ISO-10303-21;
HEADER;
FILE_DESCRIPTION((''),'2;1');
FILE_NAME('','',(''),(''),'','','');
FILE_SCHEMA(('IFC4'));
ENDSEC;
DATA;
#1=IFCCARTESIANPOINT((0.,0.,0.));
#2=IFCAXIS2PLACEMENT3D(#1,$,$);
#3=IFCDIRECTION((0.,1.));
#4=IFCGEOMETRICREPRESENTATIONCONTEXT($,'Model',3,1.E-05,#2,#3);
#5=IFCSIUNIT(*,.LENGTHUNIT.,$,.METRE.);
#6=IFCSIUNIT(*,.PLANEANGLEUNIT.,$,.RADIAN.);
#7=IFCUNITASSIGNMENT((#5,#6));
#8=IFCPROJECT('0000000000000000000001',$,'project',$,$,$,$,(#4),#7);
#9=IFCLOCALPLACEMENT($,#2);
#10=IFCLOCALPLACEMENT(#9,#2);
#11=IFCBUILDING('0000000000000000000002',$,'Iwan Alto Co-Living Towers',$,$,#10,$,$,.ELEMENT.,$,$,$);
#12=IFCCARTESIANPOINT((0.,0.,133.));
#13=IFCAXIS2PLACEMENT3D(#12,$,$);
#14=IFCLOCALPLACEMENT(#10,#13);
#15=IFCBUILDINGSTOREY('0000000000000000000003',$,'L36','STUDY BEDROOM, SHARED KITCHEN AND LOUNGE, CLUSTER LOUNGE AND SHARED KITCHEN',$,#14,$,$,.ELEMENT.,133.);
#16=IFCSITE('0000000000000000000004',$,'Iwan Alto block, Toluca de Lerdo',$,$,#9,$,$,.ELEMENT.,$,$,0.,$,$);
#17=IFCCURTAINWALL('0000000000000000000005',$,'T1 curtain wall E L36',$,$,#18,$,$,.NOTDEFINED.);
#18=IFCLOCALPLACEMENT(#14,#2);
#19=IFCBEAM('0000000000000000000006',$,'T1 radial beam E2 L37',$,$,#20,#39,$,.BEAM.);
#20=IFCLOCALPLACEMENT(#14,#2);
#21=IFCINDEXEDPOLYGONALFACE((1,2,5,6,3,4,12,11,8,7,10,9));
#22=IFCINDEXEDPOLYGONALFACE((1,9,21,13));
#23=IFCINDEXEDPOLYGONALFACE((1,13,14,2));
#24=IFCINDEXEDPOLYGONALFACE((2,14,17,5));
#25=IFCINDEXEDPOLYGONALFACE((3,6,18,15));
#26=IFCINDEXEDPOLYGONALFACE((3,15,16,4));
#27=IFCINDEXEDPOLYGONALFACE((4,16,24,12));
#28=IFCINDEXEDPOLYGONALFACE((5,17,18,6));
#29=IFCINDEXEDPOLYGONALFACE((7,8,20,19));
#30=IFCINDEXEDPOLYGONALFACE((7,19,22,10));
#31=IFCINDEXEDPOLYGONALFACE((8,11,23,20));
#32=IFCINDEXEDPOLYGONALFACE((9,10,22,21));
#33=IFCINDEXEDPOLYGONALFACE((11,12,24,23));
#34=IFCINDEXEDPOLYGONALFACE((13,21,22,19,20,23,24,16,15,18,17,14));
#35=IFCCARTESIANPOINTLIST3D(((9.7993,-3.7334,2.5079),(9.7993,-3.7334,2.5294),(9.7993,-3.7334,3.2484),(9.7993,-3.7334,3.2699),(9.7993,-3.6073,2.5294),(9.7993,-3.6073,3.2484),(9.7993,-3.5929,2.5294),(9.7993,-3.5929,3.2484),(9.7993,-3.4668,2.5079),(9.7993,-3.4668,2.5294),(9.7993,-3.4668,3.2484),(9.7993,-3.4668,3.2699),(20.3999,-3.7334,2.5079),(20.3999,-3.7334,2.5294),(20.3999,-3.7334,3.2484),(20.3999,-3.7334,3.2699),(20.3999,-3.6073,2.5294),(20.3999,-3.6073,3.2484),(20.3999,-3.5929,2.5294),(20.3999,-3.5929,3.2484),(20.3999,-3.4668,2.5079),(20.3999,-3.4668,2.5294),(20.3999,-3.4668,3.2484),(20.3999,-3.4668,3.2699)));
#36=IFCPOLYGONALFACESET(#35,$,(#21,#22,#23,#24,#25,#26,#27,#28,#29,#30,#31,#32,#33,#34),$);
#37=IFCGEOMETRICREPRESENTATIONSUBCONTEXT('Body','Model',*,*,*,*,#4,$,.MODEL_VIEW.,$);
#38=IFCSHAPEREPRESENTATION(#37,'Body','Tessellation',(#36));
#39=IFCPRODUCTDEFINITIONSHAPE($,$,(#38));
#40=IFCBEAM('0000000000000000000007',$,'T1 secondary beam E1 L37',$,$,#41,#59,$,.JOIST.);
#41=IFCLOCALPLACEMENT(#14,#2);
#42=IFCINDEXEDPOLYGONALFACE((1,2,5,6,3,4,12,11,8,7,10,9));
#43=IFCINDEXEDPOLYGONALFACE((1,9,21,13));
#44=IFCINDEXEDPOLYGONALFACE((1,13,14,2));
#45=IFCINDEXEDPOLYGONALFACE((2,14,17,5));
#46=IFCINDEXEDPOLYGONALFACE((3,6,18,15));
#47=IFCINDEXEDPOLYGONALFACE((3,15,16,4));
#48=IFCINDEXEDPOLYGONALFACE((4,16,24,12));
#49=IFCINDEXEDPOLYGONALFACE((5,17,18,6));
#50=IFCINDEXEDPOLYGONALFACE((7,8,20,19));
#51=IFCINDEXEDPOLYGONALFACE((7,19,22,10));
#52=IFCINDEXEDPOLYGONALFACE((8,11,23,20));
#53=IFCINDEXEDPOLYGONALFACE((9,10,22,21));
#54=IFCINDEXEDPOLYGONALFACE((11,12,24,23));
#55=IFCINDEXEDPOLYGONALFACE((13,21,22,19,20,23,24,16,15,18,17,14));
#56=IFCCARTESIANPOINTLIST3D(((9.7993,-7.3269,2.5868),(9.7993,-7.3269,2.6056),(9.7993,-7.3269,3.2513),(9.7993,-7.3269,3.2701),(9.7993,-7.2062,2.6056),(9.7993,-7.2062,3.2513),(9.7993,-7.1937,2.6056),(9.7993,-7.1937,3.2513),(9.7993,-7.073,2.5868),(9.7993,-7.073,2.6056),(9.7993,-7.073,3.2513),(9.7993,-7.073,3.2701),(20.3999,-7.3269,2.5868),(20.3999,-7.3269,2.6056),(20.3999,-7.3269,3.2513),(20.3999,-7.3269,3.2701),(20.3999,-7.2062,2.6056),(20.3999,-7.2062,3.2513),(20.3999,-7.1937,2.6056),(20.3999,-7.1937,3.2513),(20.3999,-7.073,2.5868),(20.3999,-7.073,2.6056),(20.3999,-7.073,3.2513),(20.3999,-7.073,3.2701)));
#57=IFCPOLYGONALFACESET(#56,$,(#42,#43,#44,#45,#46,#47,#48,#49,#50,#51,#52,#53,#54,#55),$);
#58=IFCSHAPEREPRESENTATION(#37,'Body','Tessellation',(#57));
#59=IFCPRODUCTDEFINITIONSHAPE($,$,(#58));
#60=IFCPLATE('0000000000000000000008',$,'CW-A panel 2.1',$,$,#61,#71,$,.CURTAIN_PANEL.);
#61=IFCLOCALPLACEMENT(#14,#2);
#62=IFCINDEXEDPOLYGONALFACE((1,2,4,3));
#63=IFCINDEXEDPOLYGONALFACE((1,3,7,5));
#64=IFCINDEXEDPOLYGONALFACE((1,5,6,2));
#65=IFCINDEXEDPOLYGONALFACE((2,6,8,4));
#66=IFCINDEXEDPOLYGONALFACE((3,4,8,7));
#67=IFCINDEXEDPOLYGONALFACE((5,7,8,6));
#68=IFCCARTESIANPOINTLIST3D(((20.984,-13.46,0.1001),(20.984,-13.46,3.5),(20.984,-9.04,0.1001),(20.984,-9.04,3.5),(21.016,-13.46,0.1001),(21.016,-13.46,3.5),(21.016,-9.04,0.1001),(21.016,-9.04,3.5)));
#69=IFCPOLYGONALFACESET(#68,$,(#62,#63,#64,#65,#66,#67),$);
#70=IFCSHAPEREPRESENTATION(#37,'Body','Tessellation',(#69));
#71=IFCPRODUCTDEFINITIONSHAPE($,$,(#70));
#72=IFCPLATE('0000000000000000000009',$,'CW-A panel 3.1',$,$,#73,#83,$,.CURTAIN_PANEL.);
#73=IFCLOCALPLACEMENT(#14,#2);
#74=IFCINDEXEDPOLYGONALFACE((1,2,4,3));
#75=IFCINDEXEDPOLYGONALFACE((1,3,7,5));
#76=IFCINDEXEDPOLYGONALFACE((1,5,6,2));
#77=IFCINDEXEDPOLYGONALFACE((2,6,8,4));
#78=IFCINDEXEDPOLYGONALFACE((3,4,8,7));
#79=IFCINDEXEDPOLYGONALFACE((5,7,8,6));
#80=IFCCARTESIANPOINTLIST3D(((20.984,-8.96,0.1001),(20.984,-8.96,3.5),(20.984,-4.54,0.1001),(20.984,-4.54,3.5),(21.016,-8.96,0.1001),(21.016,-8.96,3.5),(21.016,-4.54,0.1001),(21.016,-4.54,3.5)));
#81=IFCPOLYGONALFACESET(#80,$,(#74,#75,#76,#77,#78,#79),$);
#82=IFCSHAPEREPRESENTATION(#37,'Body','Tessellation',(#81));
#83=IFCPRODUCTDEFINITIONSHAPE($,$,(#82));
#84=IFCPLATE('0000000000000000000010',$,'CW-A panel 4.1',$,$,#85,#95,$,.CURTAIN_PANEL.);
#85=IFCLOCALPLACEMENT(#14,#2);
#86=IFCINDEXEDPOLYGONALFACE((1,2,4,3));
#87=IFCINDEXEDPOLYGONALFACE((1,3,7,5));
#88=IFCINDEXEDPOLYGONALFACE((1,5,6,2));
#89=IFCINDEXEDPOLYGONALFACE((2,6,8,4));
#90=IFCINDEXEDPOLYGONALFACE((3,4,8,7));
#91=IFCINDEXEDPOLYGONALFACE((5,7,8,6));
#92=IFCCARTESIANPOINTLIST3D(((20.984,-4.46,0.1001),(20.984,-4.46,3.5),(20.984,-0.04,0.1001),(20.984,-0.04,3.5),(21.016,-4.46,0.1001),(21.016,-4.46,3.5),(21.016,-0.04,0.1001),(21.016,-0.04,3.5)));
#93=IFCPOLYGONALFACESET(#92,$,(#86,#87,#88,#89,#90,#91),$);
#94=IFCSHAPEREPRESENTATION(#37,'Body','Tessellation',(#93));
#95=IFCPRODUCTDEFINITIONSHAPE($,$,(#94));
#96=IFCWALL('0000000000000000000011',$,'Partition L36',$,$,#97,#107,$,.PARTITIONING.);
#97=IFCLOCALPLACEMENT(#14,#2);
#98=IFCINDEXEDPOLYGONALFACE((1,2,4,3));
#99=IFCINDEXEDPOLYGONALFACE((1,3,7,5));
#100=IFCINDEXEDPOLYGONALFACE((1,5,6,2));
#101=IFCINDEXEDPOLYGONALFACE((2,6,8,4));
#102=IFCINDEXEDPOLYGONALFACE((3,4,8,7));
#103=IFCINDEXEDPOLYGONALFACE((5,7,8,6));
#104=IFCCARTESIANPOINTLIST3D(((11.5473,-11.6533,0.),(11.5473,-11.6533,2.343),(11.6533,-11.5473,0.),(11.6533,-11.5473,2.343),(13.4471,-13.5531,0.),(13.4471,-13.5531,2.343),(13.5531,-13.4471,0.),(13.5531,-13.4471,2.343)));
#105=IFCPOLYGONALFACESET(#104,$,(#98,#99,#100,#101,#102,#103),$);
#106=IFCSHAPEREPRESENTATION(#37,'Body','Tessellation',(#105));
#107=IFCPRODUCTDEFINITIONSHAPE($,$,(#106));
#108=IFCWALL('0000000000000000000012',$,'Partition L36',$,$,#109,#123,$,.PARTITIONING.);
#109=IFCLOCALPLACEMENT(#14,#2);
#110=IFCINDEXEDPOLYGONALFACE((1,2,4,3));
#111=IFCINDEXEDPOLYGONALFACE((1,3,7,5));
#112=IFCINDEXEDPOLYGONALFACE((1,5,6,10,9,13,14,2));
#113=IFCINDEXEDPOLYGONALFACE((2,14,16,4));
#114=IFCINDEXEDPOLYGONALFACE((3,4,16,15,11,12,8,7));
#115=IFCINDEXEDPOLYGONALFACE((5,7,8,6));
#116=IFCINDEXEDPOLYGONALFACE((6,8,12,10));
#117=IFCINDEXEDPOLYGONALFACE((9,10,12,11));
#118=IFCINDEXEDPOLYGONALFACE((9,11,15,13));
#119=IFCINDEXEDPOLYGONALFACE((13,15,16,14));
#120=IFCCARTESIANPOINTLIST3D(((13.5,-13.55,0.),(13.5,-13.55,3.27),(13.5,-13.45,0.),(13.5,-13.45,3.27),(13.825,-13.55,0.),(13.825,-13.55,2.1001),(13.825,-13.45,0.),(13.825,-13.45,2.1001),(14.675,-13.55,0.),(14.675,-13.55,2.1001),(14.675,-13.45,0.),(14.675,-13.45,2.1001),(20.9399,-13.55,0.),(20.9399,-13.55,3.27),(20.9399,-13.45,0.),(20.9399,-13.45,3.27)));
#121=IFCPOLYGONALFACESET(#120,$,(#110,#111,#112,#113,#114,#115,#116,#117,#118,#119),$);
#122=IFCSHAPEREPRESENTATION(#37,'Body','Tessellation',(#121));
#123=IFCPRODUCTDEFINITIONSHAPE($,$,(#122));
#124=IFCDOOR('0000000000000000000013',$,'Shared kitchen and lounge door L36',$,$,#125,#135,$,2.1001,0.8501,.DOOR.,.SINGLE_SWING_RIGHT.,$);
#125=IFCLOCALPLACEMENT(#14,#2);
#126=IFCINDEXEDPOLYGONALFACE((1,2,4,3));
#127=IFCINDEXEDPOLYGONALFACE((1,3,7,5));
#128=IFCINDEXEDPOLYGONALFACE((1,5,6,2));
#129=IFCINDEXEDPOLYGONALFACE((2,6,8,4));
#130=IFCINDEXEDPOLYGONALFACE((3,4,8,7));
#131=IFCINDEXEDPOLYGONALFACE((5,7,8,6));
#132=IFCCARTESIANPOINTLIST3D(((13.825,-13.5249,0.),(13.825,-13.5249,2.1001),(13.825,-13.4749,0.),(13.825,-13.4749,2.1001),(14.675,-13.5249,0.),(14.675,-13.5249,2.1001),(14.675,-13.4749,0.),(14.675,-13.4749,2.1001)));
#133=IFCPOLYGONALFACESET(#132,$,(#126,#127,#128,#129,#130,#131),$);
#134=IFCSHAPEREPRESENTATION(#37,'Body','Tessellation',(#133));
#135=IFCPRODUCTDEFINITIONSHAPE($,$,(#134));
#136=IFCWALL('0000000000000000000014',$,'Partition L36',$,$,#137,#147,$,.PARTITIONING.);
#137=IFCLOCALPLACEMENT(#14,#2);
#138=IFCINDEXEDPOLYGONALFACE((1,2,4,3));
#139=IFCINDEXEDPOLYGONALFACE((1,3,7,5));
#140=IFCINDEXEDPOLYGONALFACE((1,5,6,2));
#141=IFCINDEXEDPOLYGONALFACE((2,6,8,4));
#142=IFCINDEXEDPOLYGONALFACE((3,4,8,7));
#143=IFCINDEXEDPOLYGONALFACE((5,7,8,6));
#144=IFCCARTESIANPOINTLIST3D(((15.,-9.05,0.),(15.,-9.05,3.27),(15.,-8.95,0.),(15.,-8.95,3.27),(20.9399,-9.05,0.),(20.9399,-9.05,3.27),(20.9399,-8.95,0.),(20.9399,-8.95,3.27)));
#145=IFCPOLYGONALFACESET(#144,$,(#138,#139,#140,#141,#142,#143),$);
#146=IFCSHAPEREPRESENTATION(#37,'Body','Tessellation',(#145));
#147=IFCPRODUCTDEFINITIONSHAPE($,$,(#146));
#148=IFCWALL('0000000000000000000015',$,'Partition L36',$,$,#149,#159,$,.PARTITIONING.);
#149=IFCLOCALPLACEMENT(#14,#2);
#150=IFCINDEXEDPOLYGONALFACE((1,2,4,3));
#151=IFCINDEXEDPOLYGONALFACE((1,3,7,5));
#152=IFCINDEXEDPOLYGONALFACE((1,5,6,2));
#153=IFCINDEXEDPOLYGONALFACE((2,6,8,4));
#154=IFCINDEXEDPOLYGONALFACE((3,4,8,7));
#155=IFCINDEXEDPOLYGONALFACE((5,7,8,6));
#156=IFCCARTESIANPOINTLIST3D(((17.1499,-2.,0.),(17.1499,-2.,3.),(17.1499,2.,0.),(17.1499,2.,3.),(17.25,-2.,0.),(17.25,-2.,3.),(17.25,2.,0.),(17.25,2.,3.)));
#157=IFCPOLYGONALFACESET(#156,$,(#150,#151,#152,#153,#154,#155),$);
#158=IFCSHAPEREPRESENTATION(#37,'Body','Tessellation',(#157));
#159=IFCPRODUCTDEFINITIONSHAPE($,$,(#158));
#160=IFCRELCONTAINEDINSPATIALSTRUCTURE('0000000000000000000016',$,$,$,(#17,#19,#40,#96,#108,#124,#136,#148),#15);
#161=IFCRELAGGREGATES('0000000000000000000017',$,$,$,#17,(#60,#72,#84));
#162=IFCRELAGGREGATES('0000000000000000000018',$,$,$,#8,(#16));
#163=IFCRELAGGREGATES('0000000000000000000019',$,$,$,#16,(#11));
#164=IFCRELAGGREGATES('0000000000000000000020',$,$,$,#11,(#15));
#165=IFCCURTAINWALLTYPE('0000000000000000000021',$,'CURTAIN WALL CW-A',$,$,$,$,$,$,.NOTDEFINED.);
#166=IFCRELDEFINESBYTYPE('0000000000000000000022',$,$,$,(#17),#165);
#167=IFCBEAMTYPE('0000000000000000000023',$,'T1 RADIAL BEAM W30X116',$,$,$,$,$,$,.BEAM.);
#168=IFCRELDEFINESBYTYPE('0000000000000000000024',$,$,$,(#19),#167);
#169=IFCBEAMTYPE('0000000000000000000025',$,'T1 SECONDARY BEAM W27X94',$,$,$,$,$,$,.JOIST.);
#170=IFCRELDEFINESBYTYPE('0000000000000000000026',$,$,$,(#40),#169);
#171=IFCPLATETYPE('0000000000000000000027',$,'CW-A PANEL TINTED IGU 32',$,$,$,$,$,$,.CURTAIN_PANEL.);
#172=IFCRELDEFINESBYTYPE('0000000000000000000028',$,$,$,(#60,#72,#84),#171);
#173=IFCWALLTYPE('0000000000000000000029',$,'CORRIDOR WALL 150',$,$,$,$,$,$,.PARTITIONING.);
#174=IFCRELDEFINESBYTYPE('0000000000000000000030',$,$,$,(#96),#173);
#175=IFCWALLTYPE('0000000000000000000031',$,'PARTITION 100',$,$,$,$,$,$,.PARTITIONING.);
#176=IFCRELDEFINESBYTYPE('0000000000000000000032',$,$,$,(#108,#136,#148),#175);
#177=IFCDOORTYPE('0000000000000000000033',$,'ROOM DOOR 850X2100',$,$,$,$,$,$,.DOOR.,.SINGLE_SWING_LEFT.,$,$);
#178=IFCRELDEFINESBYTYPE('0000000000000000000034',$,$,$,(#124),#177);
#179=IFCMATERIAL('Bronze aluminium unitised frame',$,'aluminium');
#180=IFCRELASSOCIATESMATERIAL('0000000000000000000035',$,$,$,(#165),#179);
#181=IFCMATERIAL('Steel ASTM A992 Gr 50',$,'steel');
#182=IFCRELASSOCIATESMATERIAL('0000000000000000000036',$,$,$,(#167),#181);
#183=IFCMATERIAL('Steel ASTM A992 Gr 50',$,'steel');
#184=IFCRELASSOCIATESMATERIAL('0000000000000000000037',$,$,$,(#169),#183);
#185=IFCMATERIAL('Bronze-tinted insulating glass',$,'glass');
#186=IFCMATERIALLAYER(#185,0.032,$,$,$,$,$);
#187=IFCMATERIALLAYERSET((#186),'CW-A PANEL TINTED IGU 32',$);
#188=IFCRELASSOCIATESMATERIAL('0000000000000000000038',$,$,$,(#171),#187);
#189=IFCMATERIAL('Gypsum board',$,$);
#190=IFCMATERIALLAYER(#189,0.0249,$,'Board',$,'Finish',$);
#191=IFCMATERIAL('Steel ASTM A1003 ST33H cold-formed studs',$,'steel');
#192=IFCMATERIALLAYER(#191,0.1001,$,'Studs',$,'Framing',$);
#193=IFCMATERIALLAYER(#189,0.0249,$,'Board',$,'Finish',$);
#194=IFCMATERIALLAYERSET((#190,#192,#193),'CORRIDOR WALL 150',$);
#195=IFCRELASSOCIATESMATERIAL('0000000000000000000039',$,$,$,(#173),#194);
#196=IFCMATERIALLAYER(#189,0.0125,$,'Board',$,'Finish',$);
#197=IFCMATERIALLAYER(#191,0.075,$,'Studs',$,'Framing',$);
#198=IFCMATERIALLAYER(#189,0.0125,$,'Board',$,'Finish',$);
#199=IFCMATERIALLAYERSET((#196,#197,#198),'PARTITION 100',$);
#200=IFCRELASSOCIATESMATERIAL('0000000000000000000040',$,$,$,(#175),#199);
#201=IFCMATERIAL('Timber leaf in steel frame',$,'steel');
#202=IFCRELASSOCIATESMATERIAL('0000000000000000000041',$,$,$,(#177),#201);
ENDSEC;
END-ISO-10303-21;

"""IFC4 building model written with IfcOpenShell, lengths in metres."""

from ifc_helpers import new_model, si_unit, direction, frame, frame_2d, origin, origin_2d, place, context, subcontext, project, spatial, rectangle, i_section, extrude, material, layer, layer_set, material_profile, profile_set, type_object, element, fill, aggregate, save


model = new_model("IFC4")

# Units and contexts
model_context = context("Model", 3, precision=1e-05, world=origin(), true_north=direction((0.0, 1.0)))
body_context = subcontext(model_context, "Body", "Model", "MODEL_VIEW")
ifc_project = project(units=[si_unit("LENGTHUNIT", "METRE"), si_unit("PLANEANGLEUNIT", "RADIAN")], contexts=[model_context])

# Site, building, storey
site_placement = place(None, origin())
site = spatial("IfcSite", under=ifc_project, at=site_placement, Name="Iwan Alto block, Toluca de Lerdo", CompositionType="ELEMENT", RefElevation=0.0)
building_placement = place(site_placement, origin())
building = spatial("IfcBuilding", under=site, at=building_placement, Name="Iwan Alto Co-Living Towers", CompositionType="ELEMENT")
storey_placement = place(building_placement, frame((0.0, 0.0, 133.0)))
storey = spatial("IfcBuildingStorey", under=building, at=storey_placement, Name="L36", Description="STUDY BEDROOM, SHARED KITCHEN AND LOUNGE, CLUSTER LOUNGE AND SHARED KITCHEN", CompositionType="ELEMENT", Elevation=133.0)

# Curtain wall
ifc_material_1 = material(Name="Bronze aluminium unitised frame", Category="aluminium")
curtain_wall_type = type_object("IfcCurtainWallType", Name="CURTAIN WALL CW-A", PredefinedType="NOTDEFINED", material=ifc_material_1)
curtain_wall_placement = place(storey_placement, origin())
curtain_wall = element("IfcCurtainWall", 1, at=curtain_wall_placement, inside=storey, type_object=curtain_wall_type, Name="T1 curtain wall E L36", PredefinedType="NOTDEFINED")

# Beams
ifc_material_2 = material(Name="Steel ASTM A992 Gr 50", Category="steel")
ifc_material_profile_1 = material_profile(ifc_material_2, i_section(OverallWidth=0.2666, OverallDepth=0.762, WebThickness=0.0144, FlangeThickness=0.0215, at=origin_2d()), Name="W30X116")
ifc_profile_set_1 = profile_set([ifc_material_profile_1], Name="Steel ASTM A992 Gr 50")
beam_type_1 = type_object("IfcBeamType", Name="T1 RADIAL BEAM W30X116", PredefinedType="BEAM", material=ifc_profile_set_1)
beam_1_placement = place(storey_placement, frame((20.3999, -3.6001, 2.8889), z_axis=(-1.0, 0.0, 0.0), x_axis=(0.0, -1.0, 0.0)))
element("IfcBeam", 2, at=beam_1_placement, inside=storey, type_object=beam_type_1, Name="T1 radial beam E2 L37", PredefinedType="BEAM", context=body_context, shape_type="SweptSolid", body=[
    extrude(i_section(OverallWidth=0.2666, OverallDepth=0.762, WebThickness=0.0144, FlangeThickness=0.0215, at=origin_2d()), origin(), (0.0, 0.0, 1.0), 10.6006),
])
ifc_material_3 = material(Name="Steel ASTM A992 Gr 50", Category="steel")
ifc_material_profile_2 = material_profile(ifc_material_3, i_section(OverallWidth=0.2539, OverallDepth=0.6833, WebThickness=0.0125, FlangeThickness=0.0188, at=origin_2d()), Name="W27X94")
ifc_profile_set_2 = profile_set([ifc_material_profile_2], Name="Steel ASTM A992 Gr 50")
beam_type_2 = type_object("IfcBeamType", Name="T1 SECONDARY BEAM W27X94", PredefinedType="JOIST", material=ifc_profile_set_2)
beam_2_placement = place(storey_placement, frame((20.3999, -7.2, 2.9285), z_axis=(-1.0, 0.0, 0.0), x_axis=(0.0, -1.0, 0.0)))
element("IfcBeam", 3, at=beam_2_placement, inside=storey, type_object=beam_type_2, Name="T1 secondary beam E1 L37", PredefinedType="JOIST", context=body_context, shape_type="SweptSolid", body=[
    extrude(i_section(OverallWidth=0.2539, OverallDepth=0.6833, WebThickness=0.0125, FlangeThickness=0.0188, at=origin_2d()), origin(), (0.0, 0.0, 1.0), 10.6006),
])

# Plates
ifc_material_4 = material(Name="Bronze-tinted insulating glass", Category="glass")
ifc_layer_1 = layer(ifc_material_4, 0.032)
ifc_layer_set_1 = layer_set([ifc_layer_1], Name="CW-A PANEL TINTED IGU 32")
plate_type = type_object("IfcPlateType", Name="CW-A PANEL TINTED IGU 32", PredefinedType="CURTAIN_PANEL", material=ifc_layer_set_1)
plate_1_placement = place(storey_placement, frame((21.0, -11.25, 0.1001), z_axis=(0.0, 0.0, 1.0), x_axis=(0.0, 1.0, 0.0)))
plate_1 = element("IfcPlate", 4, at=plate_1_placement, type_object=plate_type, Name="CW-A panel 2.1", PredefinedType="CURTAIN_PANEL", context=body_context, shape_type="SweptSolid", body=[
    extrude(rectangle(XDim=4.4199, YDim=0.032, at=origin_2d()), origin(), (0.0, 0.0, 1.0), 3.3999),
])
plate_2_placement = place(storey_placement, frame((21.0, -6.75, 0.1001), z_axis=(0.0, 0.0, 1.0), x_axis=(0.0, 1.0, 0.0)))
plate_2 = element("IfcPlate", 5, at=plate_2_placement, type_object=plate_type, Name="CW-A panel 3.1", PredefinedType="CURTAIN_PANEL", context=body_context, shape_type="SweptSolid", body=[
    extrude(rectangle(XDim=4.4199, YDim=0.032, at=origin_2d()), origin(), (0.0, 0.0, 1.0), 3.3999),
])
plate_3_placement = place(storey_placement, frame((21.0, -2.25, 0.1001), z_axis=(0.0, 0.0, 1.0), x_axis=(0.0, 1.0, 0.0)))
plate_3 = element("IfcPlate", 6, at=plate_3_placement, type_object=plate_type, Name="CW-A panel 4.1", PredefinedType="CURTAIN_PANEL", context=body_context, shape_type="SweptSolid", body=[
    extrude(rectangle(XDim=4.4199, YDim=0.032, at=origin_2d()), origin(), (0.0, 0.0, 1.0), 3.3999),
])
aggregate(curtain_wall, [plate_1, plate_2, plate_3])

# Wall
ifc_material_5 = material(Name="Gypsum board")
ifc_layer_2 = layer(ifc_material_5, 0.0249, Name="Board", Category="Finish")
ifc_material_6 = material(Name="Steel ASTM A1003 ST33H cold-formed studs", Category="steel")
ifc_layer_3 = layer(ifc_material_6, 0.1001, Name="Studs", Category="Framing")
ifc_layer_4 = layer(ifc_material_5, 0.0249, Name="Board", Category="Finish")
ifc_layer_set_2 = layer_set([ifc_layer_2, ifc_layer_3, ifc_layer_4], Name="CORRIDOR WALL 150")
wall_type_1 = type_object("IfcWallType", Name="CORRIDOR WALL 150", PredefinedType="PARTITIONING", material=ifc_layer_set_2)
wall_1_placement = place(storey_placement, frame((13.5, -13.5, 0.0), z_axis=(0.0, 0.0, 1.0), x_axis=(-0.707107, 0.707107, 0.0)))
element("IfcWall", 7, at=wall_1_placement, inside=storey, type_object=wall_type_1, Name="Partition L36", PredefinedType="PARTITIONING", context=body_context, shape_type="SweptSolid", body=[
    extrude(rectangle(XDim=2.6868, YDim=0.1499, at=frame_2d((1.3433, 0.0))), origin(), (0.0, 0.0, 1.0), 2.343),
])

# Wall, opening, door
ifc_layer_5 = layer(ifc_material_5, 0.0125, Name="Board", Category="Finish")
ifc_layer_6 = layer(ifc_material_6, 0.075, Name="Studs", Category="Framing")
ifc_layer_7 = layer(ifc_material_5, 0.0125, Name="Board", Category="Finish")
ifc_layer_set_3 = layer_set([ifc_layer_5, ifc_layer_6, ifc_layer_7], Name="PARTITION 100")
wall_type_2 = type_object("IfcWallType", Name="PARTITION 100", PredefinedType="PARTITIONING", material=ifc_layer_set_3)
wall_2_placement = place(storey_placement, frame((13.5, -13.5, 0.0), z_axis=(0.0, 0.0, 1.0), x_axis=(1.0, 0.0, 0.0)))
wall_2 = element("IfcWall", 8, at=wall_2_placement, inside=storey, type_object=wall_type_2, Name="Partition L36", PredefinedType="PARTITIONING", context=body_context, shape_type="SweptSolid", body=[
    extrude(rectangle(XDim=7.4399, YDim=0.1001, at=frame_2d((3.72, 0.0))), origin(), (0.0, 0.0, 1.0), 3.27),
])
opening_1_placement = place(wall_2_placement, frame((0.325, 0.0, 0.0)))
opening_1 = element("IfcOpeningElement", 9, at=opening_1_placement, cuts=wall_2, PredefinedType="OPENING", context=body_context, shape_type="SweptSolid", body=[
    extrude(rectangle(XDim=0.8501, YDim=2.1001, at=frame_2d((0.425, 1.05))), frame((0.0, 0.0601, 0.0), z_axis=(0.0, -1.0, 0.0), x_axis=(1.0, 0.0, 0.0)), (0.0, 0.0, 1.0), 0.1201),
])
ifc_material_7 = material(Name="Timber leaf in steel frame", Category="steel")
door_type_1 = type_object("IfcDoorType", Name="ROOM DOOR 850X2100", OperationType="SINGLE_SWING_LEFT", PredefinedType="DOOR", material=ifc_material_7)
door_1_placement = place(opening_1_placement, frame((0.8501, 0.0, 0.0), z_axis=(0.0, 0.0, 1.0), x_axis=(-1.0, 0.0, 0.0)))
door_1 = element("IfcDoor", 10, at=door_1_placement, inside=storey, type_object=door_type_1, Name="Shared kitchen and lounge door L36", OperationType="SINGLE_SWING_RIGHT", OverallHeight=2.1001, OverallWidth=0.8501, PredefinedType="DOOR", context=body_context, shape_type="SweptSolid", body=[
    extrude(rectangle(XDim=0.8501, YDim=2.1001, at=frame_2d((0.425, 1.05))), frame((0.0, 0.0249, 0.0), z_axis=(0.0, -1.0, 0.0), x_axis=(1.0, 0.0, 0.0)), (0.0, 0.0, 1.0), 0.05),
])
fill(opening_1, door_1)

# Walls
wall_3_placement = place(storey_placement, frame((15.0, -9.0, 0.0), z_axis=(0.0, 0.0, 1.0), x_axis=(1.0, 0.0, 0.0)))
element("IfcWall", 11, at=wall_3_placement, inside=storey, type_object=wall_type_2, Name="Partition L36", PredefinedType="PARTITIONING", context=body_context, shape_type="SweptSolid", body=[
    extrude(rectangle(XDim=5.9399, YDim=0.1001, at=frame_2d((2.97, 0.0))), origin(), (0.0, 0.0, 1.0), 3.27),
])
wall_4_placement = place(storey_placement, frame((17.2, -2.0, 0.0), z_axis=(0.0, 0.0, 1.0), x_axis=(0.0, 1.0, 0.0)))
element("IfcWall", 12, at=wall_4_placement, inside=storey, type_object=wall_type_2, Name="Partition L36", PredefinedType="PARTITIONING", context=body_context, shape_type="SweptSolid", body=[
    extrude(rectangle(XDim=4.0, YDim=0.1001, at=frame_2d((2.0, 0.0))), origin(), (0.0, 0.0, 1.0), 3.0),
])

save(model, "model.ifc")
